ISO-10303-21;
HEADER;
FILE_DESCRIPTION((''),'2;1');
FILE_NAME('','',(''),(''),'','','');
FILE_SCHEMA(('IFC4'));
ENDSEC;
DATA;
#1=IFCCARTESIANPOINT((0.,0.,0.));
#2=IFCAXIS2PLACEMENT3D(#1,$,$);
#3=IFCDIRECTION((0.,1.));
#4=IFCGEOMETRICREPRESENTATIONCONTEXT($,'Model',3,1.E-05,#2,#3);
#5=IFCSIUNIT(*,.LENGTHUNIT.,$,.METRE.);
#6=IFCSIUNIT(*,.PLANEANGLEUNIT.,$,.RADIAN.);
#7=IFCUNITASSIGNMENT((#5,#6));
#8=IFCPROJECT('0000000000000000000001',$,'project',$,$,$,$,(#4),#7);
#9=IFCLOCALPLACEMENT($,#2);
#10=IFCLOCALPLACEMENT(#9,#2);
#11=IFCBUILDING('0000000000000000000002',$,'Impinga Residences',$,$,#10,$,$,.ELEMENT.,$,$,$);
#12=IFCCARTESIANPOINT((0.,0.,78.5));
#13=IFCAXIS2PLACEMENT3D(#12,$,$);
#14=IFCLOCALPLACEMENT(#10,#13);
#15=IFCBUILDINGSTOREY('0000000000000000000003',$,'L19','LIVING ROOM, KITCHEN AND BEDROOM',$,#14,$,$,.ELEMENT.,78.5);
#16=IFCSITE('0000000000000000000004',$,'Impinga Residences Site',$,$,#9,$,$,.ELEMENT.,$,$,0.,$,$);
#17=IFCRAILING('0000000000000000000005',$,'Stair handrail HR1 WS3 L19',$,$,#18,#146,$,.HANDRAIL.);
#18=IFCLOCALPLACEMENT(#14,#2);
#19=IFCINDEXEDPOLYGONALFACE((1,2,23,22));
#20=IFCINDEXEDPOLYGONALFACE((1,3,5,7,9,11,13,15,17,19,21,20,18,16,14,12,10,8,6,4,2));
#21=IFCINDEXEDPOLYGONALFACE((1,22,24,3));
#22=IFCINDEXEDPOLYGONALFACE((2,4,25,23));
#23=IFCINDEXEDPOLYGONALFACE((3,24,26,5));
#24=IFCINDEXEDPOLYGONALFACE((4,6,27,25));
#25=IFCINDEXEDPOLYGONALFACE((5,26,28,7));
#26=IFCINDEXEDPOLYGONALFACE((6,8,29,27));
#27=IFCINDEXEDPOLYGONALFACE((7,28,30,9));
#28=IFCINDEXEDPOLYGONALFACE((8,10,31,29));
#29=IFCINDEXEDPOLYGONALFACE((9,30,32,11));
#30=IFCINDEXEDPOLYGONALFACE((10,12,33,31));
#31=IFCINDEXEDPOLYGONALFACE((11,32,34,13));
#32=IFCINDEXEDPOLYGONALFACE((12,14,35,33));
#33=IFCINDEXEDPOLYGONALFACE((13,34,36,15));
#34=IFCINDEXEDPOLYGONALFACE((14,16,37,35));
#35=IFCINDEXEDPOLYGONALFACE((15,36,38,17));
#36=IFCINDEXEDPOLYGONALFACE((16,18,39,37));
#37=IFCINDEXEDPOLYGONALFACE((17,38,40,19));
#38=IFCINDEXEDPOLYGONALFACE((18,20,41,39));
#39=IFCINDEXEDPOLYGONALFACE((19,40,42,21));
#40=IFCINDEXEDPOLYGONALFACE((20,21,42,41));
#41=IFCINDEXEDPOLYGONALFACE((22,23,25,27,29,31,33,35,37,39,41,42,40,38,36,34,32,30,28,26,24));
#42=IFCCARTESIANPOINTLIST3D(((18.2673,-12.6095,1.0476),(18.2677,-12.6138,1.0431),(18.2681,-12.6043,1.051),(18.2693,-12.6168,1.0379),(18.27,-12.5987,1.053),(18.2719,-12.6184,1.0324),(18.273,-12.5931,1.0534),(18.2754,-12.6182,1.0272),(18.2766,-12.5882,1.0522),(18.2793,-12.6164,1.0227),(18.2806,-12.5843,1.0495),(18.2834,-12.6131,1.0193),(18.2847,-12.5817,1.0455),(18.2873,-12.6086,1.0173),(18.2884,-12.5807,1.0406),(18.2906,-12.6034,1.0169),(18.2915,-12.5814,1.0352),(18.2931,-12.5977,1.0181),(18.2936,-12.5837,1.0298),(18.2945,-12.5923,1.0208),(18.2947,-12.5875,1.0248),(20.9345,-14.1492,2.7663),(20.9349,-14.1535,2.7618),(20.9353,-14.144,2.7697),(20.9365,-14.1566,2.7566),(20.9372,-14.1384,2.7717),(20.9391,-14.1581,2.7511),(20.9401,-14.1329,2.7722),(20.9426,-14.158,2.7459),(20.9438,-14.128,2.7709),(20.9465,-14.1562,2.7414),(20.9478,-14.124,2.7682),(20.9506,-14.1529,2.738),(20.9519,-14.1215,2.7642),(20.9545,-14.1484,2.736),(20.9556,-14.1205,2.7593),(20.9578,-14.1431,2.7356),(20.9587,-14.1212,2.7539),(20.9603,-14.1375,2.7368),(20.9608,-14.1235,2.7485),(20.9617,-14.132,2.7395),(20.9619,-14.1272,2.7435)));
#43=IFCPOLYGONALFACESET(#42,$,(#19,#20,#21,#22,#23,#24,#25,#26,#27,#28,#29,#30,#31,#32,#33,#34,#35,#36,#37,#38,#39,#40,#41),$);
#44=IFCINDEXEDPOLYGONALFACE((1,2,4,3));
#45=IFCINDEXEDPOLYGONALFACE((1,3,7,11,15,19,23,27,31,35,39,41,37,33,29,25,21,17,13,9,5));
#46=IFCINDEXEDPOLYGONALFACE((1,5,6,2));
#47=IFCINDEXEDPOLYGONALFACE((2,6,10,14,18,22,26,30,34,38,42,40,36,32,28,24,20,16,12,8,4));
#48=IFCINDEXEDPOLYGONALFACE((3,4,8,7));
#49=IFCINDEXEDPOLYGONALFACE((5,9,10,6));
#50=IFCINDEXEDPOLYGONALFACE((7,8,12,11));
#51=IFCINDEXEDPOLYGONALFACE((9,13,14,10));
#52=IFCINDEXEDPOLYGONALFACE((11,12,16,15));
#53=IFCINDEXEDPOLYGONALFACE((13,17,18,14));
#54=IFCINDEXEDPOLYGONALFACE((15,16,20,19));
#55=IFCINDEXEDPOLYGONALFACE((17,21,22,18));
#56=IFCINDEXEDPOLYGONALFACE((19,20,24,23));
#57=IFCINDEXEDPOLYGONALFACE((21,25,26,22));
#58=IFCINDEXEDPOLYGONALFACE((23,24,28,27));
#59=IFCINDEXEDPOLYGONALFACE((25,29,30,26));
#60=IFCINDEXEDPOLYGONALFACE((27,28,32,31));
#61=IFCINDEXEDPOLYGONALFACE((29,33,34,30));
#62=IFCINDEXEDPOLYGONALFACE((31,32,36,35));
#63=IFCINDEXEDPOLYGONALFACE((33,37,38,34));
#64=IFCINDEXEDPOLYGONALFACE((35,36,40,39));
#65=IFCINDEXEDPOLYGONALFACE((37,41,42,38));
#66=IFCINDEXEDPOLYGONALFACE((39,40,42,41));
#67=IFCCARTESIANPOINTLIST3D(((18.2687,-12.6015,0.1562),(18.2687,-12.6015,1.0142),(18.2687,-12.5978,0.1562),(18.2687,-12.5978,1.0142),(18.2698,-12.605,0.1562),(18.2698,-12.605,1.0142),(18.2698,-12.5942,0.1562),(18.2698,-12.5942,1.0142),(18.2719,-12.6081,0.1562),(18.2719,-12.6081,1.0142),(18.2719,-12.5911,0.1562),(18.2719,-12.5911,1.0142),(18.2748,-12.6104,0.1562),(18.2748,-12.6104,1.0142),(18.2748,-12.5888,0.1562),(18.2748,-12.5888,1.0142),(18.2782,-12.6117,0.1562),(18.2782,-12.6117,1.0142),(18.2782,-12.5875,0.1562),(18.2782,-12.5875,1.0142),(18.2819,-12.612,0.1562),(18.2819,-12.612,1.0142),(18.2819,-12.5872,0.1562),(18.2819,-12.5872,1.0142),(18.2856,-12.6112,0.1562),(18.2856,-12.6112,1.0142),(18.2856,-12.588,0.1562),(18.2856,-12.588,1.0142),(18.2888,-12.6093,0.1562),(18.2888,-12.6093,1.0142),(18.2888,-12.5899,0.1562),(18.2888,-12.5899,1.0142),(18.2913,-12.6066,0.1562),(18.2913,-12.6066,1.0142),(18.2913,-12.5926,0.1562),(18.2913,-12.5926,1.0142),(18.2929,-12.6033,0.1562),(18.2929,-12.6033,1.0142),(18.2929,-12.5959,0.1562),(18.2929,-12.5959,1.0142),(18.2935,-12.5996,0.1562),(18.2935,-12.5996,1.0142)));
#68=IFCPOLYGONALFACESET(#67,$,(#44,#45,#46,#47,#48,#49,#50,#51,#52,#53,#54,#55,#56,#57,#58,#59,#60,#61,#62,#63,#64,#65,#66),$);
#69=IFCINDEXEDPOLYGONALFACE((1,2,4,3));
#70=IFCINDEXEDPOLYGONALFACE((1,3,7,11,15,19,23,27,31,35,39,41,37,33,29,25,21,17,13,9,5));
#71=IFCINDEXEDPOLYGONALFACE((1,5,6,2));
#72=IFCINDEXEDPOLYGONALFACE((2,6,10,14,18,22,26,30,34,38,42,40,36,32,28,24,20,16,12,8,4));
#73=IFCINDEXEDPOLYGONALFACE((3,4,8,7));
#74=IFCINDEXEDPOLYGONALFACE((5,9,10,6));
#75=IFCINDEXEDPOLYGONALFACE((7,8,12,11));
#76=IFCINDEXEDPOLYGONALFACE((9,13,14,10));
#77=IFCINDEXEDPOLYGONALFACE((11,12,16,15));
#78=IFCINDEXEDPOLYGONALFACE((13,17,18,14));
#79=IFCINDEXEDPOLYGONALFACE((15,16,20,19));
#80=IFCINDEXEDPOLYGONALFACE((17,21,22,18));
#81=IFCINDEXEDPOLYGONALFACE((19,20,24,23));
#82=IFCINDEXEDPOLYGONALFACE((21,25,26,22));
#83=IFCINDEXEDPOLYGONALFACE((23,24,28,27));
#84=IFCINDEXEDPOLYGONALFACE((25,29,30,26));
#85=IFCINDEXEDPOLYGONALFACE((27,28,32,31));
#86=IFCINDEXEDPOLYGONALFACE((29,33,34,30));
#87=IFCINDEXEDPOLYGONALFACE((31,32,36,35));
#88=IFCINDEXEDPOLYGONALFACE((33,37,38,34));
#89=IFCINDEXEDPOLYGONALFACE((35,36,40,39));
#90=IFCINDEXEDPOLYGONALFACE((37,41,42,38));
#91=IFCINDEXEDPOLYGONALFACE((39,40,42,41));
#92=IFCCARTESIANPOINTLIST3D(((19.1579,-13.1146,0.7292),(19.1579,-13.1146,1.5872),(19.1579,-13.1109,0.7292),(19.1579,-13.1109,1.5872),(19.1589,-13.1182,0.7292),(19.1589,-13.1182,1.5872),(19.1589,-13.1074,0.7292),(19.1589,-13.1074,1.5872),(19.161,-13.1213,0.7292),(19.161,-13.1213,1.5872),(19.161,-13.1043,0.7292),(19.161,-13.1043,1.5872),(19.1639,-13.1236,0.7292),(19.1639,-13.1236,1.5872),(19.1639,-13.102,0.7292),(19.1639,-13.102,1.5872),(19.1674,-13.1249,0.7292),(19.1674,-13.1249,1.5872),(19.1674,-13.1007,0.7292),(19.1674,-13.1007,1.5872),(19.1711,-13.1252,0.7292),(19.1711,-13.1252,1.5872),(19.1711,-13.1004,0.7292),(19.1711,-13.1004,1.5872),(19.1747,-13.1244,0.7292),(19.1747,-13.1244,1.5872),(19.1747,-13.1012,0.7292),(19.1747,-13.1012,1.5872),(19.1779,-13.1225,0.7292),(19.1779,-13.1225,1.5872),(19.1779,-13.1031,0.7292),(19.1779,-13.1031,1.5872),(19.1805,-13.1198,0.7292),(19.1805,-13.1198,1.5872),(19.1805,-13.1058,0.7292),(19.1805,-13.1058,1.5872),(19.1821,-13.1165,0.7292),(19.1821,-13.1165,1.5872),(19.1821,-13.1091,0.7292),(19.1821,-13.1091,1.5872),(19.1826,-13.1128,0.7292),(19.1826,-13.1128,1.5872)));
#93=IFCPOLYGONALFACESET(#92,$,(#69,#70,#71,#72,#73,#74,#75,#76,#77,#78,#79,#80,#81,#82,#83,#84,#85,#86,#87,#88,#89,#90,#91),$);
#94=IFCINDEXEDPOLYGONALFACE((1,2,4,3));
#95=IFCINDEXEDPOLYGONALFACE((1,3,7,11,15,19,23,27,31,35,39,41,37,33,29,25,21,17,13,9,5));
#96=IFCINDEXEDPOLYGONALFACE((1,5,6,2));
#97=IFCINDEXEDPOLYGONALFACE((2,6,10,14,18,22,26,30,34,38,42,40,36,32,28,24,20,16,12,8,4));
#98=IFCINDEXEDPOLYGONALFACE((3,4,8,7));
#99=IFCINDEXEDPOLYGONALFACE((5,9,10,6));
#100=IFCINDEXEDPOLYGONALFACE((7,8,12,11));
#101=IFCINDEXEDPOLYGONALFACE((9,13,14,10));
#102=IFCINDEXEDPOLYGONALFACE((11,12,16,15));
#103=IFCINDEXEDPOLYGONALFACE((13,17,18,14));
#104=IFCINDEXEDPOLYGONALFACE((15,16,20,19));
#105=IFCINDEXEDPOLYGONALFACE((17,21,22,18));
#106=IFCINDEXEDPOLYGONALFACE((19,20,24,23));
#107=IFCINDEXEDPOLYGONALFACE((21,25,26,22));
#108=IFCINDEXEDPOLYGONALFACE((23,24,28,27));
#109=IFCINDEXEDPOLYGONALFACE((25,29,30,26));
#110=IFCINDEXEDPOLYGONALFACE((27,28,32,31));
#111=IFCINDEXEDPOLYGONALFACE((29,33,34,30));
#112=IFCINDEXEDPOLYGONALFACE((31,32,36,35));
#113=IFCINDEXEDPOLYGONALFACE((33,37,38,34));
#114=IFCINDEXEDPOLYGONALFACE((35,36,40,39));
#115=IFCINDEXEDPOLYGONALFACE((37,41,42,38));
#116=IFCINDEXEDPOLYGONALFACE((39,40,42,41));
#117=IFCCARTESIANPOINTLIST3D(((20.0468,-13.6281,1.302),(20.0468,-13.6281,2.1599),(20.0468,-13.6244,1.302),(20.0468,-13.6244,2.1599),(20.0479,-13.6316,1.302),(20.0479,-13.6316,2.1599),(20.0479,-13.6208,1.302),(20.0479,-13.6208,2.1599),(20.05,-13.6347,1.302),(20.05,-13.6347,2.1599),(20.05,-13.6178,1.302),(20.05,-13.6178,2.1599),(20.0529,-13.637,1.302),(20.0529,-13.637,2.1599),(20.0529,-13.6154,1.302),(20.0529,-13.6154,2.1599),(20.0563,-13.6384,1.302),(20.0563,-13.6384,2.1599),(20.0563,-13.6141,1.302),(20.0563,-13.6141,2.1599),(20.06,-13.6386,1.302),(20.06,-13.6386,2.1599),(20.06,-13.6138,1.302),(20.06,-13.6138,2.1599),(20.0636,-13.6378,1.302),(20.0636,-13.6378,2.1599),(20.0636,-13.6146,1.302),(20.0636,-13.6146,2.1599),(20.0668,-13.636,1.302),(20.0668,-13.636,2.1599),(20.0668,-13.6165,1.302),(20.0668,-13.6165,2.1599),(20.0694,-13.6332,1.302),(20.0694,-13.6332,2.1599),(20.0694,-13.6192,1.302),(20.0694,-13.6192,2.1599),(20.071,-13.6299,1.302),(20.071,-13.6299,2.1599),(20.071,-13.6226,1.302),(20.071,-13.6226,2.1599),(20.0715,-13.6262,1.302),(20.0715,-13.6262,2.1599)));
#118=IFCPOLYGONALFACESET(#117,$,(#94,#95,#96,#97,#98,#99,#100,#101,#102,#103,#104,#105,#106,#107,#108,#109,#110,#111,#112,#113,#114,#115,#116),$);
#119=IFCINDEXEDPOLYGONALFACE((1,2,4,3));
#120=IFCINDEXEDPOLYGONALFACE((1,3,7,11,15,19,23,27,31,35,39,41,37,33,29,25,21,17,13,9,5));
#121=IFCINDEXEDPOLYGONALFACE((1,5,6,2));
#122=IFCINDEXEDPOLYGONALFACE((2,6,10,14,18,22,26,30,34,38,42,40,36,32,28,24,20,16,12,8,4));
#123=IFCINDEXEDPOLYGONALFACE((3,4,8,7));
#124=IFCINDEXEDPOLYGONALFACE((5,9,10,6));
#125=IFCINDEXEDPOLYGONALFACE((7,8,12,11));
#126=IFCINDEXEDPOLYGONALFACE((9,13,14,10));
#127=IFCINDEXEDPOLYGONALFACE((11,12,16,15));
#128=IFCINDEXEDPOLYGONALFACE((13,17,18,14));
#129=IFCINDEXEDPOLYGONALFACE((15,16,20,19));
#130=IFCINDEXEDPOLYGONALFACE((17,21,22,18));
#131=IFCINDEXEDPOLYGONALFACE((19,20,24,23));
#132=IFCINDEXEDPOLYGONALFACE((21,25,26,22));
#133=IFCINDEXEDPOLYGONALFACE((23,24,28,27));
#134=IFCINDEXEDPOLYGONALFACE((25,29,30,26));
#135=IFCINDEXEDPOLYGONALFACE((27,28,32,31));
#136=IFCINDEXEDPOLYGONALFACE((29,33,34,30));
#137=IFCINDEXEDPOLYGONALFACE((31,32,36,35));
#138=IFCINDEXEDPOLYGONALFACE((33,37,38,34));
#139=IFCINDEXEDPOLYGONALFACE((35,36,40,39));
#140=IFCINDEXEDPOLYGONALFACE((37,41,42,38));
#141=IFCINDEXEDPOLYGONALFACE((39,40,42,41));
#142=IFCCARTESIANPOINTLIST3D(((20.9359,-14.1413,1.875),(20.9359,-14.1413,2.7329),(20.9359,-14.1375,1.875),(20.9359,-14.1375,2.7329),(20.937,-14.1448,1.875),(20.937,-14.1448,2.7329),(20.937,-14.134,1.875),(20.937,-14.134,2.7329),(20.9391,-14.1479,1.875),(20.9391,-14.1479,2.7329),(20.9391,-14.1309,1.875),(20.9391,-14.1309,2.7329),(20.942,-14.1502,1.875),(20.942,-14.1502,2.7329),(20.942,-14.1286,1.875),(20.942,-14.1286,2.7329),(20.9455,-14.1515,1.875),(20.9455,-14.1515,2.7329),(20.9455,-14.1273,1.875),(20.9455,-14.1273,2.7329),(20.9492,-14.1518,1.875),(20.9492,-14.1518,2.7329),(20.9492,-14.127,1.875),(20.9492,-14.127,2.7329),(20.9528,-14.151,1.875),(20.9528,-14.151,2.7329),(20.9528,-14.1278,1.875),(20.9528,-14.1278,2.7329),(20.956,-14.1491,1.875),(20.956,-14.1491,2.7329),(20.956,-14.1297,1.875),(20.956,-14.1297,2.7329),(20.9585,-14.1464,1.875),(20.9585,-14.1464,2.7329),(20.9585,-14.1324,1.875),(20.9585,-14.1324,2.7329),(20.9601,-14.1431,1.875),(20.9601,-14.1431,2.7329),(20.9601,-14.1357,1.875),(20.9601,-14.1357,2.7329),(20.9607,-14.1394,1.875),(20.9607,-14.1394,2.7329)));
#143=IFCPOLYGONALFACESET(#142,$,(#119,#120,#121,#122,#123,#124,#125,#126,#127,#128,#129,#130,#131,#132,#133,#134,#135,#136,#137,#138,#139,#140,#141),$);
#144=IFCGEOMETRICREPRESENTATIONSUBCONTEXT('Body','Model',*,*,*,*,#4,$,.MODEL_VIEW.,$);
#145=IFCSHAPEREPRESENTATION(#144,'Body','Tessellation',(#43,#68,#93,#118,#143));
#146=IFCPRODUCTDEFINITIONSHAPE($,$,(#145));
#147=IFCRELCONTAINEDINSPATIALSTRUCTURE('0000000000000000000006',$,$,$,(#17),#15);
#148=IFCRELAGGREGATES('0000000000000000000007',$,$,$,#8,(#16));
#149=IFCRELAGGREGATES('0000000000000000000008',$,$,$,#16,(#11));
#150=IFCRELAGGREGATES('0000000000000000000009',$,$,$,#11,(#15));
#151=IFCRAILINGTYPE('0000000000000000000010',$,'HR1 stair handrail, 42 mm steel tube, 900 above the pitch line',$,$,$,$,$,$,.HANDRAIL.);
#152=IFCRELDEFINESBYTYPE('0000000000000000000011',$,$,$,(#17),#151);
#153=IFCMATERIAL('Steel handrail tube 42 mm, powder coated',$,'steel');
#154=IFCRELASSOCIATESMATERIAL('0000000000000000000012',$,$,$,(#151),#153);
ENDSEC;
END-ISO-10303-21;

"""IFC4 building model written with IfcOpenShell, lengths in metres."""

from ifc_helpers import new_model, si_unit, direction, frame, origin, origin_2d, place, context, subcontext, project, spatial, circle, extrude, material, type_object, element, save


model = new_model("IFC4")

# Units and contexts
model_context = context("Model", 3, precision=1e-05, world=origin(), true_north=direction((0.0, 1.0)))
body_context = subcontext(model_context, "Body", "Model", "MODEL_VIEW")
ifc_project = project(units=[si_unit("LENGTHUNIT", "METRE"), si_unit("PLANEANGLEUNIT", "RADIAN")], contexts=[model_context])

# Site, building, storey
site_placement = place(None, origin())
site = spatial("IfcSite", under=ifc_project, at=site_placement, Name="Impinga Residences Site", CompositionType="ELEMENT", RefElevation=0.0)
building_placement = place(site_placement, origin())
building = spatial("IfcBuilding", under=site, at=building_placement, Name="Impinga Residences", CompositionType="ELEMENT")
storey_placement = place(building_placement, frame((0.0, 0.0, 78.5)))
storey = spatial("IfcBuildingStorey", under=building, at=storey_placement, Name="L19", Description="LIVING ROOM, KITCHEN AND BEDROOM", CompositionType="ELEMENT", Elevation=78.5)

# Railing
ifc_material_1 = material(Name="Steel handrail tube 42 mm, powder coated", Category="steel")
railing_type_1 = type_object("IfcRailingType", Name="HR1 stair handrail, 42 mm steel tube, 900 above the pitch line", PredefinedType="HANDRAIL", material=ifc_material_1)
railing_1_placement = place(storey_placement, frame((18.281, -12.5996, 0.1562)))
element("IfcRailing", 1, at=railing_1_placement, inside=storey, type_object=railing_type_1, Name="Stair handrail HR1 WS3 L19", PredefinedType="HANDRAIL", context=body_context, shape_type="SweptSolid", body=[
    extrude(circle(Radius=0.021, at=origin_2d()), frame((0.0, 0.0, 0.8789), z_axis=(0.756249, -0.436582, 0.487322), x_axis=(0.499967, 0.866044, 0.0)), (0.0, 0.0, 1.0), 3.5269),
    extrude(circle(Radius=0.0125, at=origin_2d()), origin(), (0.0, 0.0, 1.0), 0.8579),
    extrude(circle(Radius=0.0125, at=origin_2d()), frame((0.8892, -0.5132, 0.573)), (0.0, 0.0, 1.0), 0.8579),
    extrude(circle(Radius=0.0125, at=origin_2d()), frame((1.7781, -1.0266, 1.1458)), (0.0, 0.0, 1.0), 0.8579),
    extrude(circle(Radius=0.0125, at=origin_2d()), frame((2.6672, -1.5398, 1.7188)), (0.0, 0.0, 1.0), 0.8579),
])

save(model, "model.ifc")
